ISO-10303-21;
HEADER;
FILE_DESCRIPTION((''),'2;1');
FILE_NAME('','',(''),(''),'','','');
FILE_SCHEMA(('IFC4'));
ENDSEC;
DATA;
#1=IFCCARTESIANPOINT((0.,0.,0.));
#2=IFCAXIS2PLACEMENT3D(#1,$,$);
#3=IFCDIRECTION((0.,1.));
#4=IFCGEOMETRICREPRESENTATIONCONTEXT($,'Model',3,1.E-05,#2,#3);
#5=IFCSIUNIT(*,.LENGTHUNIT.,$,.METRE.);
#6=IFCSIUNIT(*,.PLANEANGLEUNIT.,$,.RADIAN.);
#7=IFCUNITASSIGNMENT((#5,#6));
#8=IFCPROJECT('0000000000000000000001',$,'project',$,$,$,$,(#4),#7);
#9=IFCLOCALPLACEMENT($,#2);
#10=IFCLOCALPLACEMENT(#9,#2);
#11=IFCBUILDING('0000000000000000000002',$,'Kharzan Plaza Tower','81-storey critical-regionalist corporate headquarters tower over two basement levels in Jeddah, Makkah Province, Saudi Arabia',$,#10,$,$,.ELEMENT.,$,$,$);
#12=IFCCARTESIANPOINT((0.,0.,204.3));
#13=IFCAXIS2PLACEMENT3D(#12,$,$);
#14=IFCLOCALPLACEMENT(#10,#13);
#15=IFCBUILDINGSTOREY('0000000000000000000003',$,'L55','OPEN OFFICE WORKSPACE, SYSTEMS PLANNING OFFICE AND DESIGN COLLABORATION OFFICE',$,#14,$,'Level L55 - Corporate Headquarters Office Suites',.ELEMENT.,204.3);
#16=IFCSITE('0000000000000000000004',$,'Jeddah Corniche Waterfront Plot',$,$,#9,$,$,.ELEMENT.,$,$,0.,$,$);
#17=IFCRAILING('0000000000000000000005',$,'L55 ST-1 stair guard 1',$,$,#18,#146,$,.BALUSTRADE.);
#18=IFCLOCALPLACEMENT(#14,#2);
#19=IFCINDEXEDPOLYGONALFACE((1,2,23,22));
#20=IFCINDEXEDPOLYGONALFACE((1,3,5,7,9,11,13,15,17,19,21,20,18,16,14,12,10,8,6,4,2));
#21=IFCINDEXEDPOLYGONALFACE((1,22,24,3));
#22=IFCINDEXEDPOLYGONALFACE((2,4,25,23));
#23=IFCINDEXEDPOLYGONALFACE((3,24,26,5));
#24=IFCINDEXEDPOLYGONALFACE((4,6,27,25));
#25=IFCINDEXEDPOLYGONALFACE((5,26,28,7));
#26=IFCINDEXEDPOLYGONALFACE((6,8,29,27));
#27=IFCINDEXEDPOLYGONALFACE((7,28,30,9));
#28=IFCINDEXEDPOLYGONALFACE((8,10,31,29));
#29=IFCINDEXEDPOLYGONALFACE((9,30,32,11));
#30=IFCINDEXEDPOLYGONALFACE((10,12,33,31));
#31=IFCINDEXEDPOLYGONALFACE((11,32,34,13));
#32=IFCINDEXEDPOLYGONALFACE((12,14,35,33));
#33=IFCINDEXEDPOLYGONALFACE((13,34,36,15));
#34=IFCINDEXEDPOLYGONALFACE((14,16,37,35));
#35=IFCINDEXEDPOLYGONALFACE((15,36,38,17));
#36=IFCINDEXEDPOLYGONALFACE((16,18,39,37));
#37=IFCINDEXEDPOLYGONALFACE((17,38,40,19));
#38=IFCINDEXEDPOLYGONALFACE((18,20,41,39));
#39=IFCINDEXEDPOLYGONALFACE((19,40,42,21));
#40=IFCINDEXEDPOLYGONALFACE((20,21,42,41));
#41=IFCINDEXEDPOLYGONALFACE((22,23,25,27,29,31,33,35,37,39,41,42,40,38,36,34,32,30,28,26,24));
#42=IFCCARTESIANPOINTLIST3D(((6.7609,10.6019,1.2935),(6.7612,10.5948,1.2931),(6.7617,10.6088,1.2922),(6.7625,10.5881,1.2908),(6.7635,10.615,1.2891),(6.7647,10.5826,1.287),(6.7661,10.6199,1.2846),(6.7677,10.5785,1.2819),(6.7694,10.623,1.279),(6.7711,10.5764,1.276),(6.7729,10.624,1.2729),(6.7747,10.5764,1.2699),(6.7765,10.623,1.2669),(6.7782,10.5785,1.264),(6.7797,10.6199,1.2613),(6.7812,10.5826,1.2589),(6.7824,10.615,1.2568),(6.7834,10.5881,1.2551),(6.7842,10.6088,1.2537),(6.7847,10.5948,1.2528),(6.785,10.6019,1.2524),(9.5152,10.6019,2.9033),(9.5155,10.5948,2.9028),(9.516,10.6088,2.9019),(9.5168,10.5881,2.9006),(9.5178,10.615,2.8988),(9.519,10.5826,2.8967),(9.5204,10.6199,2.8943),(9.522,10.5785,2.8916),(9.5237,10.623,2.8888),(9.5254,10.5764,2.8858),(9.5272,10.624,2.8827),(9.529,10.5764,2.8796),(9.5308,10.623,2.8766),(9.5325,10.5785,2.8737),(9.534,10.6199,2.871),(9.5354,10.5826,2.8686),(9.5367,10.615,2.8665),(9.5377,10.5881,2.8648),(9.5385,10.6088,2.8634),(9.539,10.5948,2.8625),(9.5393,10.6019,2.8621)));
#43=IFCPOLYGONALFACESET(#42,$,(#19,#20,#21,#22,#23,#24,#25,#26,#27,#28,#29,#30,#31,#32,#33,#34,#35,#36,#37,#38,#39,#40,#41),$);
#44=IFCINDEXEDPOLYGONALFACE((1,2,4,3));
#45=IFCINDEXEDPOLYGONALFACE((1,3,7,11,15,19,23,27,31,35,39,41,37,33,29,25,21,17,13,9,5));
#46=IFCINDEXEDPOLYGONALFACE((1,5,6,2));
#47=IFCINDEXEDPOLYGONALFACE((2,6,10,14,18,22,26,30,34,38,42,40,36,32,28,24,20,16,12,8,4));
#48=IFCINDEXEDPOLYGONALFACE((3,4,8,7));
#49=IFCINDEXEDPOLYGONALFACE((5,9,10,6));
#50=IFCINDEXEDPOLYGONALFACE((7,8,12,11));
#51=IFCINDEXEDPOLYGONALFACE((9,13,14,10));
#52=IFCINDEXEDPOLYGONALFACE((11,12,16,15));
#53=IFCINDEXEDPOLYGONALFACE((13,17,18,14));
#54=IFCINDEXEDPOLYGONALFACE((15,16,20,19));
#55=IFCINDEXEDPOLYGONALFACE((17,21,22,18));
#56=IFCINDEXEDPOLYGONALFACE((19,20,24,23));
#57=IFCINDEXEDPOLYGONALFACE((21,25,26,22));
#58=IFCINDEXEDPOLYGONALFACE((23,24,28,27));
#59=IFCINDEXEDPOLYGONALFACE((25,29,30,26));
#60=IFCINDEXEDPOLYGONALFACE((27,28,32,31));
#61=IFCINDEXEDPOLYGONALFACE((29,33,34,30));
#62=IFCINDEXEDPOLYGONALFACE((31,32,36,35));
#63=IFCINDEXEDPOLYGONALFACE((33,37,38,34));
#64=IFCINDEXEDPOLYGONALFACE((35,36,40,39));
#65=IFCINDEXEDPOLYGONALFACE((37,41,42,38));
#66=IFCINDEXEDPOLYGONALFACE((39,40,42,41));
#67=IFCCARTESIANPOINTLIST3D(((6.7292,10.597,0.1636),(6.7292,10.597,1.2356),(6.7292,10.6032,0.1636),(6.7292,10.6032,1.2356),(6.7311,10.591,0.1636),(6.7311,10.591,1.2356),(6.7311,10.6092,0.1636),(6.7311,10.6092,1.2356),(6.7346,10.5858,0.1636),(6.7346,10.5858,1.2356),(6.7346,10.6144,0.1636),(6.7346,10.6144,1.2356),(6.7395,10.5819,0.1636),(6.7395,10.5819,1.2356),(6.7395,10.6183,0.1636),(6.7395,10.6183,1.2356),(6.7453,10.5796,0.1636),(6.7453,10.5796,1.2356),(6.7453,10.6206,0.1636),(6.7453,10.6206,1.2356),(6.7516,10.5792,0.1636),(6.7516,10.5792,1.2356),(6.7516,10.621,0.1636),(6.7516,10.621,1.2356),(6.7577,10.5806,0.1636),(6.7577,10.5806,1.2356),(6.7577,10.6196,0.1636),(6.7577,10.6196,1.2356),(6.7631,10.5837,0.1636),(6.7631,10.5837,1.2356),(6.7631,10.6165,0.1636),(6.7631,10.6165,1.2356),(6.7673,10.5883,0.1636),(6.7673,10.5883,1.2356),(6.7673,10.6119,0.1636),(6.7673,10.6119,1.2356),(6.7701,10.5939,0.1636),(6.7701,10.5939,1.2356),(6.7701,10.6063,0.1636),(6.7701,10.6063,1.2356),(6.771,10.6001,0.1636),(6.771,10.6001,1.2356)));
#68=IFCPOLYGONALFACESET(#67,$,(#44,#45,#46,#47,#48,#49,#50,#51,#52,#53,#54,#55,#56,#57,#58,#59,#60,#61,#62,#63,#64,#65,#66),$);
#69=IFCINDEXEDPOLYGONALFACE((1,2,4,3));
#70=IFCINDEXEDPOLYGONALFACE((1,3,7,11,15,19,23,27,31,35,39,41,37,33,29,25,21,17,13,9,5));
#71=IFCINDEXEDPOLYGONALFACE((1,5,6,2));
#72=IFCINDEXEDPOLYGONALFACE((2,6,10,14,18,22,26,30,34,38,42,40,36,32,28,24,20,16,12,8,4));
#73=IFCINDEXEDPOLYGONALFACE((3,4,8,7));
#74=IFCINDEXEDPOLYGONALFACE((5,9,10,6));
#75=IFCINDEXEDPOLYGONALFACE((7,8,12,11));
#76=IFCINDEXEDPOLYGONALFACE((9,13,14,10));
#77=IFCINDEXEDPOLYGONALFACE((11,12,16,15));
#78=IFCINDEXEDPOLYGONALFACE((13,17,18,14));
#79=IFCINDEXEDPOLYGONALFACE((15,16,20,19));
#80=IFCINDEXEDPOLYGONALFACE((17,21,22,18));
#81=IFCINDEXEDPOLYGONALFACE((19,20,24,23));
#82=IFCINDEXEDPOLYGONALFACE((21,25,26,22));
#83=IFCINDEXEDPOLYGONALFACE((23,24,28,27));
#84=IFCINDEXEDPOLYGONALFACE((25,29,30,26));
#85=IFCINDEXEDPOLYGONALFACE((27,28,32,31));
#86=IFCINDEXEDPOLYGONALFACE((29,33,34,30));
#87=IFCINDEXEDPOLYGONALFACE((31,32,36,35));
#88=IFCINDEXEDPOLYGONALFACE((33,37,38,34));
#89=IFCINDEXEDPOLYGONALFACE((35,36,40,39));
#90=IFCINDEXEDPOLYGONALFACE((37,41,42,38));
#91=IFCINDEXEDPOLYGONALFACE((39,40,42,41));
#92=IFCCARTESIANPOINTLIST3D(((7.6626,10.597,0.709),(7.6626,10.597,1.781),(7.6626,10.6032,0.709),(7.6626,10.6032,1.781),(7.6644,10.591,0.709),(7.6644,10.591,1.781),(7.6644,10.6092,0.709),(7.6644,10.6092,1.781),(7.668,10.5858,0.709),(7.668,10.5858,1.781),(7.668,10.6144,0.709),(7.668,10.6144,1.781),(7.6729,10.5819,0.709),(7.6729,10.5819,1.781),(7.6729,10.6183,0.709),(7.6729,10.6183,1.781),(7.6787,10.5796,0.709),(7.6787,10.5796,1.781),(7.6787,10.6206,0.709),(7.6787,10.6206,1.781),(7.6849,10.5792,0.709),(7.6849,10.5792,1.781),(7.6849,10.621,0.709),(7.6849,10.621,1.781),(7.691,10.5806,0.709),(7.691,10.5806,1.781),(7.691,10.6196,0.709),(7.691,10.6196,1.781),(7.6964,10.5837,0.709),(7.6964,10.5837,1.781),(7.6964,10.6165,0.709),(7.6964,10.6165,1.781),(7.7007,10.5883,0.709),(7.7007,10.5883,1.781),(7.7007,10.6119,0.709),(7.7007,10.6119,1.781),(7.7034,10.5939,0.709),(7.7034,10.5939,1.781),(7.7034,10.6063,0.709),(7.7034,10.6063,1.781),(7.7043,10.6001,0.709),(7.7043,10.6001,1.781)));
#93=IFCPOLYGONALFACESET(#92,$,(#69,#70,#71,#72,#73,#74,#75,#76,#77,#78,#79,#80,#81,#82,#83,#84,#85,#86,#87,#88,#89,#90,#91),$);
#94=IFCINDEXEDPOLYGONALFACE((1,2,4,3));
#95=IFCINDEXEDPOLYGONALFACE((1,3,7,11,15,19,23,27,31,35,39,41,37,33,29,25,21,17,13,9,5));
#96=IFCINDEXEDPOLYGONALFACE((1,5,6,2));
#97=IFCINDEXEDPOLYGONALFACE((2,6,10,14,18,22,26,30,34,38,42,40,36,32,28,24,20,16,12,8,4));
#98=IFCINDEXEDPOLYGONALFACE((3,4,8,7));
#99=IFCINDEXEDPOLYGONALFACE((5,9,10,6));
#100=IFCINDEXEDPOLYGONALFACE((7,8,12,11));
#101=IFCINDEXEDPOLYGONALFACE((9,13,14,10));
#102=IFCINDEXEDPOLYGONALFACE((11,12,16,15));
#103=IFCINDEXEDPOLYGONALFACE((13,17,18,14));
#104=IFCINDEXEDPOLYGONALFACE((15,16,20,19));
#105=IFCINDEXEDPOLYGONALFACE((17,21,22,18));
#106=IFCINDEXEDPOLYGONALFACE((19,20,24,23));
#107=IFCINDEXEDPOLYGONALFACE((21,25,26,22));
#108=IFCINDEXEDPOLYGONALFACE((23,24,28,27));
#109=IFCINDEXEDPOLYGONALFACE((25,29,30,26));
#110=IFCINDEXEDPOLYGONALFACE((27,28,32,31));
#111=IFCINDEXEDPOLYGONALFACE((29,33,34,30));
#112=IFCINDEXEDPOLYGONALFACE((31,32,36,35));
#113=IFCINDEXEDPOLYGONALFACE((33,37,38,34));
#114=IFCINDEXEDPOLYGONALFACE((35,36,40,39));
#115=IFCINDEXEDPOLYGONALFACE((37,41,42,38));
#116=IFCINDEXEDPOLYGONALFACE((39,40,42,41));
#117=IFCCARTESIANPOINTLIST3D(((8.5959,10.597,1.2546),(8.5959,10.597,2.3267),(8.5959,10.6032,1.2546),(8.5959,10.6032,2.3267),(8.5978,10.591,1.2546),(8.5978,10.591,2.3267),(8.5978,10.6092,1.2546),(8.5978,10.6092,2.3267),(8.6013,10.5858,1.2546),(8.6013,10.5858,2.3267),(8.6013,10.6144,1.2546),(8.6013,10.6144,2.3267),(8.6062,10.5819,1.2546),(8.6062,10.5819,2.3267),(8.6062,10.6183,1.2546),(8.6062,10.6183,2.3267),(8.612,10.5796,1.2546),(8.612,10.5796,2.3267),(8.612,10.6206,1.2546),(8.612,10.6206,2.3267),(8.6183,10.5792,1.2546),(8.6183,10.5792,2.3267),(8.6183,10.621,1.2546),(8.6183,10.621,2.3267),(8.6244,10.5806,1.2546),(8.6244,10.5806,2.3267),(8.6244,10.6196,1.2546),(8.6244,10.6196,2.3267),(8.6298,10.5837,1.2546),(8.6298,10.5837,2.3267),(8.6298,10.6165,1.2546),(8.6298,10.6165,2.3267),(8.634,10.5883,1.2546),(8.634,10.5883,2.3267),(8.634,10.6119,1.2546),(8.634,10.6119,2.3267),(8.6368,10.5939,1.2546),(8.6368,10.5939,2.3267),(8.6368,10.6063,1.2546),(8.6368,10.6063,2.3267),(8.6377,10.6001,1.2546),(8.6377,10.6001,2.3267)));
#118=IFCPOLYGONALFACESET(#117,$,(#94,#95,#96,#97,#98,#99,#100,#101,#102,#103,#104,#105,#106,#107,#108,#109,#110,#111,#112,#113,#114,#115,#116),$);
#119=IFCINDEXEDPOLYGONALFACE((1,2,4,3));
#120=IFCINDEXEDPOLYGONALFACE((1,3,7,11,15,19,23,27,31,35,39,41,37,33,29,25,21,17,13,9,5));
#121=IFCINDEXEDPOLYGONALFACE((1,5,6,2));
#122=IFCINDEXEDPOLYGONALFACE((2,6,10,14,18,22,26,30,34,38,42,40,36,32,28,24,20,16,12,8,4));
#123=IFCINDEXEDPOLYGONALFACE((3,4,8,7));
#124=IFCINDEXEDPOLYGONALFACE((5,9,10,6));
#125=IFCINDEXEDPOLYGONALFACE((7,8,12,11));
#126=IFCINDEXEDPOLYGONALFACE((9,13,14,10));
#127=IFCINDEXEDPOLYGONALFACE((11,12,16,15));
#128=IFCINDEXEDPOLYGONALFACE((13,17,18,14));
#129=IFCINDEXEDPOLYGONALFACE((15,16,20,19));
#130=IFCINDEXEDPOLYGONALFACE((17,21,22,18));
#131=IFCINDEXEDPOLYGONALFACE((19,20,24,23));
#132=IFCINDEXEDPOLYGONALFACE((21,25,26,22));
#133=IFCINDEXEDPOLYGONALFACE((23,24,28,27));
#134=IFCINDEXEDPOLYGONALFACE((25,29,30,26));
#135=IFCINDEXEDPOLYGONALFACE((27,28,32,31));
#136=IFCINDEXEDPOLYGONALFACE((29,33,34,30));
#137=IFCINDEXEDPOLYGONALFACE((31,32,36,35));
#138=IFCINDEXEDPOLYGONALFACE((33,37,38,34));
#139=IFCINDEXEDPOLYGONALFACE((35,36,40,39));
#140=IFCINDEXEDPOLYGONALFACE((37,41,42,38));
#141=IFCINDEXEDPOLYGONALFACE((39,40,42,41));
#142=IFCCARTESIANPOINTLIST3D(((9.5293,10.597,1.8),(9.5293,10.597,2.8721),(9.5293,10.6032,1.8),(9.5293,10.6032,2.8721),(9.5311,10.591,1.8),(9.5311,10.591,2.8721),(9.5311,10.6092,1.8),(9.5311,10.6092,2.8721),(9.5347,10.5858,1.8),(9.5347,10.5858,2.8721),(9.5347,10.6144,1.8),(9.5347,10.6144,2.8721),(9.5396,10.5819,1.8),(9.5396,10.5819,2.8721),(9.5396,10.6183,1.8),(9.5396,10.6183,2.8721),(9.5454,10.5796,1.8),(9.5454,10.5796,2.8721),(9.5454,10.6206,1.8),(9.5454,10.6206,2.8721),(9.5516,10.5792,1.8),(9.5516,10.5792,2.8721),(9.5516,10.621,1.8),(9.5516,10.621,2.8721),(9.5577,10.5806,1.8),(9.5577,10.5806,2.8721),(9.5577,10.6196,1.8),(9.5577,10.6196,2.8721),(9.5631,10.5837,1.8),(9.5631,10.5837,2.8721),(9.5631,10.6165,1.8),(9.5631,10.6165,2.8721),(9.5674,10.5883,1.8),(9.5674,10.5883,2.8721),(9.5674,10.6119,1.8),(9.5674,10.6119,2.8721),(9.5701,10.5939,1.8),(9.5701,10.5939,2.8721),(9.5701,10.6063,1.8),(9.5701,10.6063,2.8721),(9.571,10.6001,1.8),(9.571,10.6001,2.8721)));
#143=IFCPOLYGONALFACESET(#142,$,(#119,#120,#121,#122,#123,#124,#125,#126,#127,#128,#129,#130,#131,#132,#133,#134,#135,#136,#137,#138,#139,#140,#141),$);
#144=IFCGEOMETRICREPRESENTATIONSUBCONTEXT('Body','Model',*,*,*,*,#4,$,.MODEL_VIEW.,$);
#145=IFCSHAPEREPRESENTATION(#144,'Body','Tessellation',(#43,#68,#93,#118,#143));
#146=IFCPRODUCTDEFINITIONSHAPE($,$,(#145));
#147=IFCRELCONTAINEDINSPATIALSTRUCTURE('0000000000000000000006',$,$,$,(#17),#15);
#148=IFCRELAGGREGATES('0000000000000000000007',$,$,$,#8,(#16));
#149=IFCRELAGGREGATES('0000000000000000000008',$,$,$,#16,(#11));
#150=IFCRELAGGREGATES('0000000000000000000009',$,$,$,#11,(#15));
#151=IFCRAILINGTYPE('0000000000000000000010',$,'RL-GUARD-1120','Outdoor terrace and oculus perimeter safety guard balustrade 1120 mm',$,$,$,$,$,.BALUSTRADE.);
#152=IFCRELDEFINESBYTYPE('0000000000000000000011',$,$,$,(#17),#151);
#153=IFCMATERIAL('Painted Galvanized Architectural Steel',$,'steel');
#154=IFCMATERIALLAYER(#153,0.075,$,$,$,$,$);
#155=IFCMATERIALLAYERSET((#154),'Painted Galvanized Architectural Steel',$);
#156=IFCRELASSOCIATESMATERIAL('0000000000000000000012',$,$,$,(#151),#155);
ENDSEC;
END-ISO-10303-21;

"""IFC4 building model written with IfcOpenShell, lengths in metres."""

from ifc_helpers import new_model, si_unit, direction, frame, origin, origin_2d, place, context, subcontext, project, spatial, circle, extrude, source, transform, mapped, material, layer, layer_set, type_object, element, save


model = new_model("IFC4")

# Units and contexts
model_context = context("Model", 3, precision=1e-05, world=origin(), true_north=direction((0.0, 1.0)))
body_context = subcontext(model_context, "Body", "Model", "MODEL_VIEW")
ifc_project = project(units=[si_unit("LENGTHUNIT", "METRE"), si_unit("PLANEANGLEUNIT", "RADIAN")], contexts=[model_context])

# Site, building, storey
site_placement = place(None, origin())
site = spatial("IfcSite", under=ifc_project, at=site_placement, Name="Jeddah Corniche Waterfront Plot", CompositionType="ELEMENT", RefElevation=0.0)
building_placement = place(site_placement, origin())
building = spatial("IfcBuilding", under=site, at=building_placement, Name="Kharzan Plaza Tower", Description="81-storey critical-regionalist corporate headquarters tower over two basement levels in Jeddah, Makkah Province, Saudi Arabia", CompositionType="ELEMENT")
storey_placement = place(building_placement, frame((0.0, 0.0, 204.3)))
storey = spatial("IfcBuildingStorey", under=building, at=storey_placement, Name="L55", Description="OPEN OFFICE WORKSPACE, SYSTEMS PLANNING OFFICE AND DESIGN COLLABORATION OFFICE", LongName="Level L55 - Corporate Headquarters Office Suites", CompositionType="ELEMENT", Elevation=204.3)

# Railing
ifc_material_1 = material(Name="Painted Galvanized Architectural Steel", Category="steel")
ifc_layer_1 = layer(ifc_material_1, 0.075)
ifc_layer_set_1 = layer_set([ifc_layer_1], Name="Painted Galvanized Architectural Steel")
railing_type = type_object("IfcRailingType", Name="RL-GUARD-1120", Description="Outdoor terrace and oculus perimeter safety guard balustrade 1120 mm", PredefinedType="BALUSTRADE", material=ifc_layer_set_1)
shared_shape_1 = source(origin(), body_context, "Body", "SweptSolid", [
    extrude(circle(Radius=0.0239, at=origin_2d()), frame((0.0229, 0.0, 1.1094), z_axis=(0.863361, 0.0, 0.504587), x_axis=(0.0, 1.0, 0.0)), (0.0, 0.0, 1.0), 3.1902),
    extrude(circle(Radius=0.021, at=origin_2d()), origin(), (0.0, 0.0, 1.0), 1.072),
    extrude(circle(Radius=0.021, at=origin_2d()), frame((0.9333, 0.0, 0.5454)), (0.0, 0.0, 1.0), 1.072),
    extrude(circle(Radius=0.021, at=origin_2d()), frame((1.8667, 0.0, 1.0911)), (0.0, 0.0, 1.0), 1.072),
    extrude(circle(Radius=0.021, at=origin_2d()), frame((2.8, 0.0, 1.6365)), (0.0, 0.0, 1.0), 1.072),
])
railing_1_placement = place(storey_placement, frame((6.75, 10.6001, 0.1636)))
element("IfcRailing", 1, at=railing_1_placement, inside=storey, type_object=railing_type, Name="L55 ST-1 stair guard 1", PredefinedType="BALUSTRADE", context=body_context, shape_type="MappedRepresentation", body=[
    mapped(shared_shape_1, transform((0.0, 0.0, 0.0), x_axis=(1.0, 0.0, 0.0), y_axis=(0.0, 1.0, 0.0), z_axis=(0.0, 0.0, 1.0))),
])

save(model, "model.ifc")
